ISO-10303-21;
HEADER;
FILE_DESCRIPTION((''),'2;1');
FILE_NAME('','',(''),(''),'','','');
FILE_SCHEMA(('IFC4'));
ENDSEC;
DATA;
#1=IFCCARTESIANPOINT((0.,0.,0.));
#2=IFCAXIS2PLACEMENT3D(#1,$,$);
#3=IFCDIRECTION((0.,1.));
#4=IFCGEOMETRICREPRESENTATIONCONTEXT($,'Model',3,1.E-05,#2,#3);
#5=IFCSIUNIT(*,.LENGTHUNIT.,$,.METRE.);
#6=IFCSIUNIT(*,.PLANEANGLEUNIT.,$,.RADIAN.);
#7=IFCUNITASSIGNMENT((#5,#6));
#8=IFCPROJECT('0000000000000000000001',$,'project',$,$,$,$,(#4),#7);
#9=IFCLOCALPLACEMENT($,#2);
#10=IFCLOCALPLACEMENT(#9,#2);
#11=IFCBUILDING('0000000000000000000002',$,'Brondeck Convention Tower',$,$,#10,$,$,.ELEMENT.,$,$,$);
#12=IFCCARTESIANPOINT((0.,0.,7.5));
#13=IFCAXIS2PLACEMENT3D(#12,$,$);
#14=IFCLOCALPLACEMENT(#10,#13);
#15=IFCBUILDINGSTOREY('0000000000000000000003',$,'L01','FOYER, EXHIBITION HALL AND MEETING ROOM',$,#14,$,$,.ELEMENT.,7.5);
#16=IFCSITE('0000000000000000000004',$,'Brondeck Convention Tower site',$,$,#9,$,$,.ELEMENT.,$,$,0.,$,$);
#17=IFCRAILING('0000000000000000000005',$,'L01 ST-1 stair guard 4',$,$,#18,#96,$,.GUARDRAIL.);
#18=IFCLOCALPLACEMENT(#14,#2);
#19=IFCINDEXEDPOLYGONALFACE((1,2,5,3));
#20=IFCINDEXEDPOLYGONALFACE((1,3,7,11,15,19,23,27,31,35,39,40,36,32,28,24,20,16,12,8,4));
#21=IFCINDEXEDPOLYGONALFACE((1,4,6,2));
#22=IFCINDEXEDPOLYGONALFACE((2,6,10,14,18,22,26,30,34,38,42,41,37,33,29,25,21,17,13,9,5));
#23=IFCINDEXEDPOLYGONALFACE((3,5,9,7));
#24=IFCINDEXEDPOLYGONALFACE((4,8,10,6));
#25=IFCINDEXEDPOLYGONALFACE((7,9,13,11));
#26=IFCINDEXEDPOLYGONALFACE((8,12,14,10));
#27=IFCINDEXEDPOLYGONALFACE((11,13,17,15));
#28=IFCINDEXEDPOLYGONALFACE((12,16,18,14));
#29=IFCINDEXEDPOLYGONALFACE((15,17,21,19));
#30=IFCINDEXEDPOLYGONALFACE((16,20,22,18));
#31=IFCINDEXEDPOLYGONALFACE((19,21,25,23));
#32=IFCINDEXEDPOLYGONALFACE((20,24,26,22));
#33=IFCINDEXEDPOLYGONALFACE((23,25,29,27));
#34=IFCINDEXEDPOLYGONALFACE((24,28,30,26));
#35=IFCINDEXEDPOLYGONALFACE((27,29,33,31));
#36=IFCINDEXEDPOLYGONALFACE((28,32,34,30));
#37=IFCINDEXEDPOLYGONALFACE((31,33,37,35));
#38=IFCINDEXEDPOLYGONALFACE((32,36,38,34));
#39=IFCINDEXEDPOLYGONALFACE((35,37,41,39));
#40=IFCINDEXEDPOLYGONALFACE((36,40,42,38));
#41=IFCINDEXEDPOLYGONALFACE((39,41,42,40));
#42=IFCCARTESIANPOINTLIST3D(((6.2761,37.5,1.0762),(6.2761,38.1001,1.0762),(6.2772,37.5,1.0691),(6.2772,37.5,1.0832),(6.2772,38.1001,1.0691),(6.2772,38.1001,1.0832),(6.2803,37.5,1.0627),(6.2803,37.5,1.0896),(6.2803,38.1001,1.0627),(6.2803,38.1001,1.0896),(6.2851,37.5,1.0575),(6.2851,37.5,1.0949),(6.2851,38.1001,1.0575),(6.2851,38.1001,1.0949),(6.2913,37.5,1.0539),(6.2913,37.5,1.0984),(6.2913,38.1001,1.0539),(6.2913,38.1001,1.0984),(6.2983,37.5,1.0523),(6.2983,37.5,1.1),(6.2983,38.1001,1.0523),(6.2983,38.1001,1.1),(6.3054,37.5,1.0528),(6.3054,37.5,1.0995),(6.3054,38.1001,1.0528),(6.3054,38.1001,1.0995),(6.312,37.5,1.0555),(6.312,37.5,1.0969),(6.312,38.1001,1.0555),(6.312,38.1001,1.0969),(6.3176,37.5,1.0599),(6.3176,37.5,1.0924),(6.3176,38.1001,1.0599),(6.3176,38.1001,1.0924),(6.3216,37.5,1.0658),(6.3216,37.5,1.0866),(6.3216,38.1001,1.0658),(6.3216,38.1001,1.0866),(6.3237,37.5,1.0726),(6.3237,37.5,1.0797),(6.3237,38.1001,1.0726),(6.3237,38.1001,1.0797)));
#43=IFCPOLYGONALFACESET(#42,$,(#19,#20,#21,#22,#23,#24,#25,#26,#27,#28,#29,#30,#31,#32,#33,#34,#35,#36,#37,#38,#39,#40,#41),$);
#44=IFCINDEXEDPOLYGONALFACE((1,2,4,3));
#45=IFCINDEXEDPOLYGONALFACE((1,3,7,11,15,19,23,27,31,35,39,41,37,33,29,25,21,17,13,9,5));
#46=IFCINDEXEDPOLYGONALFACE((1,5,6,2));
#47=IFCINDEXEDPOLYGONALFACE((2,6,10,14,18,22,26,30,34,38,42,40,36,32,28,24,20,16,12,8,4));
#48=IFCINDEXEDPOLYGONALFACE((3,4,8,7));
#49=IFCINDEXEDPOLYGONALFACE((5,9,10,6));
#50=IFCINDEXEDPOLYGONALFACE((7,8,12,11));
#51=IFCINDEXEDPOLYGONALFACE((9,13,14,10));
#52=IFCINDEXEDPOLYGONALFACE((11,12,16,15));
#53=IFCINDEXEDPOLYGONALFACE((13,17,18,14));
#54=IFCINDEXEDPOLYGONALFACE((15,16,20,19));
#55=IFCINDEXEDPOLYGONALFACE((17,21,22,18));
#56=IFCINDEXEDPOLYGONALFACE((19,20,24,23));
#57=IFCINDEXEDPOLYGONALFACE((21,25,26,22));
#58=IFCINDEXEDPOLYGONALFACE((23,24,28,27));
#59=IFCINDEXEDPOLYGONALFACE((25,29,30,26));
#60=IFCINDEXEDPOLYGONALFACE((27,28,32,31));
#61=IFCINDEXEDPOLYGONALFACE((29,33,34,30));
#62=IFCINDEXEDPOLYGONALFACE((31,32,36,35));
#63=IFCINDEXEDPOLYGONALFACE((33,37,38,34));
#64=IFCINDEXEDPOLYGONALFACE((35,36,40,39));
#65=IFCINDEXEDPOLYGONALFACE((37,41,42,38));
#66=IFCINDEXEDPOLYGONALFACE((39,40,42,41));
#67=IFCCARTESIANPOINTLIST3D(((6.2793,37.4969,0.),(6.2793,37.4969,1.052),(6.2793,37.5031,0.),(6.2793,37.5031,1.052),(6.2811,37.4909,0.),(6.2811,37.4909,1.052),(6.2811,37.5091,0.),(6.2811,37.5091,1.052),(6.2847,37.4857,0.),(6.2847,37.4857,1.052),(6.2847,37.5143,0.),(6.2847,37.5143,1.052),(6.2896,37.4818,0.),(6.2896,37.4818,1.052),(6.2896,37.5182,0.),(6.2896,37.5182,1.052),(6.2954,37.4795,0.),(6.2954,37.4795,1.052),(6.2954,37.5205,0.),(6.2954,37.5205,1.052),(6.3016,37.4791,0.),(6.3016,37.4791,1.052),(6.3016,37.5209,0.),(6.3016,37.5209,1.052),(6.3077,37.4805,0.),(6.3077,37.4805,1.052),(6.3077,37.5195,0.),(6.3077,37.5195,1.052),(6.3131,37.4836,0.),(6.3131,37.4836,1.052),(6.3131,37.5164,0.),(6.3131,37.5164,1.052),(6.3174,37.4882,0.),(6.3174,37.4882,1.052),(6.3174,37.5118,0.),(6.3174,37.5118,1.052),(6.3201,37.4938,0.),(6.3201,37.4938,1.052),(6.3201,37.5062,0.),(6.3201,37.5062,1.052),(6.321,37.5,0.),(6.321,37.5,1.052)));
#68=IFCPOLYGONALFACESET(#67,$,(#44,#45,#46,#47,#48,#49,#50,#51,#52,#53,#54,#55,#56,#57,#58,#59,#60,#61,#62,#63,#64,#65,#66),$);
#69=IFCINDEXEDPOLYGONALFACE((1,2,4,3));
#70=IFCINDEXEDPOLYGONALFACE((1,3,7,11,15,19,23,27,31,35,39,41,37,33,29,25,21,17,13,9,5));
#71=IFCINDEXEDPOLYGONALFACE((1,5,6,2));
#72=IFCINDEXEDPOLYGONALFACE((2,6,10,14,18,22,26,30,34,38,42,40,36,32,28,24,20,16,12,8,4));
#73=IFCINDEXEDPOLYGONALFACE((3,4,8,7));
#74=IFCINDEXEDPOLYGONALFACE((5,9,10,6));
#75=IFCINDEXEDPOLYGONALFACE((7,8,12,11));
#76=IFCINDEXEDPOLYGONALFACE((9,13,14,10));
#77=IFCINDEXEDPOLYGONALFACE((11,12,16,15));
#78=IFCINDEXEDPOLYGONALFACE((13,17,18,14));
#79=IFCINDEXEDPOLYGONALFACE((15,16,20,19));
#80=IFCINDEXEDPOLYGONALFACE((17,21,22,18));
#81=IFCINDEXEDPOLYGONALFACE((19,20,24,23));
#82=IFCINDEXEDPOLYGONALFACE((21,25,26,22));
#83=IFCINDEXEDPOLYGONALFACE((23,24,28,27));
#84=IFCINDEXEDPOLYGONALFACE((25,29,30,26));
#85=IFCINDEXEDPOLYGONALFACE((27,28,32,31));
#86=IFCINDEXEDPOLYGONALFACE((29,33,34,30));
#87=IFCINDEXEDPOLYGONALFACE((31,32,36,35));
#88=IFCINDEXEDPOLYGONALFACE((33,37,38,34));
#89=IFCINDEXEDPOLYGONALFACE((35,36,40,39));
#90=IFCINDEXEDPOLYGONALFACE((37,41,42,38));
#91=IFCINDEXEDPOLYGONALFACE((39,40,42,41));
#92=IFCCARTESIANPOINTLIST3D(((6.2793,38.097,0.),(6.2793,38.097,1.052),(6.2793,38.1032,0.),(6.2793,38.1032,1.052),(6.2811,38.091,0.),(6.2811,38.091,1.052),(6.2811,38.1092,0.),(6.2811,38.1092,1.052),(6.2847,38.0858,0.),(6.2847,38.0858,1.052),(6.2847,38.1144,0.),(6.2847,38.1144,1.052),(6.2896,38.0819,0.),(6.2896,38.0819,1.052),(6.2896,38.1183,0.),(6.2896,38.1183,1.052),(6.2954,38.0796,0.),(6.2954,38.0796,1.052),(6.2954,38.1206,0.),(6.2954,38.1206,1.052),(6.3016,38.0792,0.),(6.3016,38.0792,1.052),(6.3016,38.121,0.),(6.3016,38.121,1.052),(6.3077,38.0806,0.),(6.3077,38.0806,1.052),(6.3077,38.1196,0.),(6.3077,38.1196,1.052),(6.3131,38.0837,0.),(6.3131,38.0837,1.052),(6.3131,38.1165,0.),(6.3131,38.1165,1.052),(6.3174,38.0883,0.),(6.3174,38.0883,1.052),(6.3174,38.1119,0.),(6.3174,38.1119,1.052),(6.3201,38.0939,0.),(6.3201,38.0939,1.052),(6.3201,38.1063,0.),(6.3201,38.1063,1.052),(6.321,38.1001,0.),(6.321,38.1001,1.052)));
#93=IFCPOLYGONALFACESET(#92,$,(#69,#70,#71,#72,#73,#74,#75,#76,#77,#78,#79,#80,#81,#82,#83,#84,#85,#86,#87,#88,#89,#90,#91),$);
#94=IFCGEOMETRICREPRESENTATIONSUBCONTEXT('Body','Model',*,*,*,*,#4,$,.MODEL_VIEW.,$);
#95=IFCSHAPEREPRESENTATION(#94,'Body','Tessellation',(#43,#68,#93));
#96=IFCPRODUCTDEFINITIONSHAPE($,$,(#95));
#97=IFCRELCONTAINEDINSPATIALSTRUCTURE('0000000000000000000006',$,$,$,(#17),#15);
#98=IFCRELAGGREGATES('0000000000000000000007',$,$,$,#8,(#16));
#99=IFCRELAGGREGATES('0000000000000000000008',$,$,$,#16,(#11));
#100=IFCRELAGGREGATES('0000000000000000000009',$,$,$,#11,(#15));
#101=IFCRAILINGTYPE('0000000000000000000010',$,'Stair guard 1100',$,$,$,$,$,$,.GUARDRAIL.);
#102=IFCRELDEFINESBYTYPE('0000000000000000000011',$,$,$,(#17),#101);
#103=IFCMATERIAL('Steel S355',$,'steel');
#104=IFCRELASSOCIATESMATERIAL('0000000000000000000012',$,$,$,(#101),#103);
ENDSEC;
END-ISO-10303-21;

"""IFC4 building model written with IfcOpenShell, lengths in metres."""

from ifc_helpers import new_model, si_unit, direction, frame, origin, origin_2d, place, context, subcontext, project, spatial, circle, extrude, material, type_object, element, save


model = new_model("IFC4")

# Units and contexts
model_context = context("Model", 3, precision=1e-05, world=origin(), true_north=direction((0.0, 1.0)))
body_context = subcontext(model_context, "Body", "Model", "MODEL_VIEW")
ifc_project = project(units=[si_unit("LENGTHUNIT", "METRE"), si_unit("PLANEANGLEUNIT", "RADIAN")], contexts=[model_context])

# Site, building, storey
site_placement = place(None, origin())
site = spatial("IfcSite", under=ifc_project, at=site_placement, Name="Brondeck Convention Tower site", CompositionType="ELEMENT", RefElevation=0.0)
building_placement = place(site_placement, origin())
building = spatial("IfcBuilding", under=site, at=building_placement, Name="Brondeck Convention Tower", CompositionType="ELEMENT")
storey_placement = place(building_placement, frame((0.0, 0.0, 7.5)))
storey = spatial("IfcBuildingStorey", under=building, at=storey_placement, Name="L01", Description="FOYER, EXHIBITION HALL AND MEETING ROOM", CompositionType="ELEMENT", Elevation=7.5)

# Railing
ifc_material_1 = material(Name="Steel S355", Category="steel")
railing_type = type_object("IfcRailingType", Name="Stair guard 1100", PredefinedType="GUARDRAIL", material=ifc_material_1)
railing_1_placement = place(storey_placement, frame((6.3, 37.5, 0.0)))
element("IfcRailing", 1, at=railing_1_placement, inside=storey, type_object=railing_type, Name="L01 ST-1 stair guard 4", PredefinedType="GUARDRAIL", context=body_context, shape_type="SweptSolid", body=[
    extrude(circle(Radius=0.0239, at=origin_2d()), frame((0.0, 0.0, 1.0762), z_axis=(0.0, 1.0, 0.0), x_axis=(-1.0, 0.0, 0.0)), (0.0, 0.0, 1.0), 0.6001),
    extrude(circle(Radius=0.021, at=origin_2d()), origin(), (0.0, 0.0, 1.0), 1.052),
    extrude(circle(Radius=0.021, at=origin_2d()), frame((0.0, 0.6001, 0.0)), (0.0, 0.0, 1.0), 1.052),
])

save(model, "model.ifc")
